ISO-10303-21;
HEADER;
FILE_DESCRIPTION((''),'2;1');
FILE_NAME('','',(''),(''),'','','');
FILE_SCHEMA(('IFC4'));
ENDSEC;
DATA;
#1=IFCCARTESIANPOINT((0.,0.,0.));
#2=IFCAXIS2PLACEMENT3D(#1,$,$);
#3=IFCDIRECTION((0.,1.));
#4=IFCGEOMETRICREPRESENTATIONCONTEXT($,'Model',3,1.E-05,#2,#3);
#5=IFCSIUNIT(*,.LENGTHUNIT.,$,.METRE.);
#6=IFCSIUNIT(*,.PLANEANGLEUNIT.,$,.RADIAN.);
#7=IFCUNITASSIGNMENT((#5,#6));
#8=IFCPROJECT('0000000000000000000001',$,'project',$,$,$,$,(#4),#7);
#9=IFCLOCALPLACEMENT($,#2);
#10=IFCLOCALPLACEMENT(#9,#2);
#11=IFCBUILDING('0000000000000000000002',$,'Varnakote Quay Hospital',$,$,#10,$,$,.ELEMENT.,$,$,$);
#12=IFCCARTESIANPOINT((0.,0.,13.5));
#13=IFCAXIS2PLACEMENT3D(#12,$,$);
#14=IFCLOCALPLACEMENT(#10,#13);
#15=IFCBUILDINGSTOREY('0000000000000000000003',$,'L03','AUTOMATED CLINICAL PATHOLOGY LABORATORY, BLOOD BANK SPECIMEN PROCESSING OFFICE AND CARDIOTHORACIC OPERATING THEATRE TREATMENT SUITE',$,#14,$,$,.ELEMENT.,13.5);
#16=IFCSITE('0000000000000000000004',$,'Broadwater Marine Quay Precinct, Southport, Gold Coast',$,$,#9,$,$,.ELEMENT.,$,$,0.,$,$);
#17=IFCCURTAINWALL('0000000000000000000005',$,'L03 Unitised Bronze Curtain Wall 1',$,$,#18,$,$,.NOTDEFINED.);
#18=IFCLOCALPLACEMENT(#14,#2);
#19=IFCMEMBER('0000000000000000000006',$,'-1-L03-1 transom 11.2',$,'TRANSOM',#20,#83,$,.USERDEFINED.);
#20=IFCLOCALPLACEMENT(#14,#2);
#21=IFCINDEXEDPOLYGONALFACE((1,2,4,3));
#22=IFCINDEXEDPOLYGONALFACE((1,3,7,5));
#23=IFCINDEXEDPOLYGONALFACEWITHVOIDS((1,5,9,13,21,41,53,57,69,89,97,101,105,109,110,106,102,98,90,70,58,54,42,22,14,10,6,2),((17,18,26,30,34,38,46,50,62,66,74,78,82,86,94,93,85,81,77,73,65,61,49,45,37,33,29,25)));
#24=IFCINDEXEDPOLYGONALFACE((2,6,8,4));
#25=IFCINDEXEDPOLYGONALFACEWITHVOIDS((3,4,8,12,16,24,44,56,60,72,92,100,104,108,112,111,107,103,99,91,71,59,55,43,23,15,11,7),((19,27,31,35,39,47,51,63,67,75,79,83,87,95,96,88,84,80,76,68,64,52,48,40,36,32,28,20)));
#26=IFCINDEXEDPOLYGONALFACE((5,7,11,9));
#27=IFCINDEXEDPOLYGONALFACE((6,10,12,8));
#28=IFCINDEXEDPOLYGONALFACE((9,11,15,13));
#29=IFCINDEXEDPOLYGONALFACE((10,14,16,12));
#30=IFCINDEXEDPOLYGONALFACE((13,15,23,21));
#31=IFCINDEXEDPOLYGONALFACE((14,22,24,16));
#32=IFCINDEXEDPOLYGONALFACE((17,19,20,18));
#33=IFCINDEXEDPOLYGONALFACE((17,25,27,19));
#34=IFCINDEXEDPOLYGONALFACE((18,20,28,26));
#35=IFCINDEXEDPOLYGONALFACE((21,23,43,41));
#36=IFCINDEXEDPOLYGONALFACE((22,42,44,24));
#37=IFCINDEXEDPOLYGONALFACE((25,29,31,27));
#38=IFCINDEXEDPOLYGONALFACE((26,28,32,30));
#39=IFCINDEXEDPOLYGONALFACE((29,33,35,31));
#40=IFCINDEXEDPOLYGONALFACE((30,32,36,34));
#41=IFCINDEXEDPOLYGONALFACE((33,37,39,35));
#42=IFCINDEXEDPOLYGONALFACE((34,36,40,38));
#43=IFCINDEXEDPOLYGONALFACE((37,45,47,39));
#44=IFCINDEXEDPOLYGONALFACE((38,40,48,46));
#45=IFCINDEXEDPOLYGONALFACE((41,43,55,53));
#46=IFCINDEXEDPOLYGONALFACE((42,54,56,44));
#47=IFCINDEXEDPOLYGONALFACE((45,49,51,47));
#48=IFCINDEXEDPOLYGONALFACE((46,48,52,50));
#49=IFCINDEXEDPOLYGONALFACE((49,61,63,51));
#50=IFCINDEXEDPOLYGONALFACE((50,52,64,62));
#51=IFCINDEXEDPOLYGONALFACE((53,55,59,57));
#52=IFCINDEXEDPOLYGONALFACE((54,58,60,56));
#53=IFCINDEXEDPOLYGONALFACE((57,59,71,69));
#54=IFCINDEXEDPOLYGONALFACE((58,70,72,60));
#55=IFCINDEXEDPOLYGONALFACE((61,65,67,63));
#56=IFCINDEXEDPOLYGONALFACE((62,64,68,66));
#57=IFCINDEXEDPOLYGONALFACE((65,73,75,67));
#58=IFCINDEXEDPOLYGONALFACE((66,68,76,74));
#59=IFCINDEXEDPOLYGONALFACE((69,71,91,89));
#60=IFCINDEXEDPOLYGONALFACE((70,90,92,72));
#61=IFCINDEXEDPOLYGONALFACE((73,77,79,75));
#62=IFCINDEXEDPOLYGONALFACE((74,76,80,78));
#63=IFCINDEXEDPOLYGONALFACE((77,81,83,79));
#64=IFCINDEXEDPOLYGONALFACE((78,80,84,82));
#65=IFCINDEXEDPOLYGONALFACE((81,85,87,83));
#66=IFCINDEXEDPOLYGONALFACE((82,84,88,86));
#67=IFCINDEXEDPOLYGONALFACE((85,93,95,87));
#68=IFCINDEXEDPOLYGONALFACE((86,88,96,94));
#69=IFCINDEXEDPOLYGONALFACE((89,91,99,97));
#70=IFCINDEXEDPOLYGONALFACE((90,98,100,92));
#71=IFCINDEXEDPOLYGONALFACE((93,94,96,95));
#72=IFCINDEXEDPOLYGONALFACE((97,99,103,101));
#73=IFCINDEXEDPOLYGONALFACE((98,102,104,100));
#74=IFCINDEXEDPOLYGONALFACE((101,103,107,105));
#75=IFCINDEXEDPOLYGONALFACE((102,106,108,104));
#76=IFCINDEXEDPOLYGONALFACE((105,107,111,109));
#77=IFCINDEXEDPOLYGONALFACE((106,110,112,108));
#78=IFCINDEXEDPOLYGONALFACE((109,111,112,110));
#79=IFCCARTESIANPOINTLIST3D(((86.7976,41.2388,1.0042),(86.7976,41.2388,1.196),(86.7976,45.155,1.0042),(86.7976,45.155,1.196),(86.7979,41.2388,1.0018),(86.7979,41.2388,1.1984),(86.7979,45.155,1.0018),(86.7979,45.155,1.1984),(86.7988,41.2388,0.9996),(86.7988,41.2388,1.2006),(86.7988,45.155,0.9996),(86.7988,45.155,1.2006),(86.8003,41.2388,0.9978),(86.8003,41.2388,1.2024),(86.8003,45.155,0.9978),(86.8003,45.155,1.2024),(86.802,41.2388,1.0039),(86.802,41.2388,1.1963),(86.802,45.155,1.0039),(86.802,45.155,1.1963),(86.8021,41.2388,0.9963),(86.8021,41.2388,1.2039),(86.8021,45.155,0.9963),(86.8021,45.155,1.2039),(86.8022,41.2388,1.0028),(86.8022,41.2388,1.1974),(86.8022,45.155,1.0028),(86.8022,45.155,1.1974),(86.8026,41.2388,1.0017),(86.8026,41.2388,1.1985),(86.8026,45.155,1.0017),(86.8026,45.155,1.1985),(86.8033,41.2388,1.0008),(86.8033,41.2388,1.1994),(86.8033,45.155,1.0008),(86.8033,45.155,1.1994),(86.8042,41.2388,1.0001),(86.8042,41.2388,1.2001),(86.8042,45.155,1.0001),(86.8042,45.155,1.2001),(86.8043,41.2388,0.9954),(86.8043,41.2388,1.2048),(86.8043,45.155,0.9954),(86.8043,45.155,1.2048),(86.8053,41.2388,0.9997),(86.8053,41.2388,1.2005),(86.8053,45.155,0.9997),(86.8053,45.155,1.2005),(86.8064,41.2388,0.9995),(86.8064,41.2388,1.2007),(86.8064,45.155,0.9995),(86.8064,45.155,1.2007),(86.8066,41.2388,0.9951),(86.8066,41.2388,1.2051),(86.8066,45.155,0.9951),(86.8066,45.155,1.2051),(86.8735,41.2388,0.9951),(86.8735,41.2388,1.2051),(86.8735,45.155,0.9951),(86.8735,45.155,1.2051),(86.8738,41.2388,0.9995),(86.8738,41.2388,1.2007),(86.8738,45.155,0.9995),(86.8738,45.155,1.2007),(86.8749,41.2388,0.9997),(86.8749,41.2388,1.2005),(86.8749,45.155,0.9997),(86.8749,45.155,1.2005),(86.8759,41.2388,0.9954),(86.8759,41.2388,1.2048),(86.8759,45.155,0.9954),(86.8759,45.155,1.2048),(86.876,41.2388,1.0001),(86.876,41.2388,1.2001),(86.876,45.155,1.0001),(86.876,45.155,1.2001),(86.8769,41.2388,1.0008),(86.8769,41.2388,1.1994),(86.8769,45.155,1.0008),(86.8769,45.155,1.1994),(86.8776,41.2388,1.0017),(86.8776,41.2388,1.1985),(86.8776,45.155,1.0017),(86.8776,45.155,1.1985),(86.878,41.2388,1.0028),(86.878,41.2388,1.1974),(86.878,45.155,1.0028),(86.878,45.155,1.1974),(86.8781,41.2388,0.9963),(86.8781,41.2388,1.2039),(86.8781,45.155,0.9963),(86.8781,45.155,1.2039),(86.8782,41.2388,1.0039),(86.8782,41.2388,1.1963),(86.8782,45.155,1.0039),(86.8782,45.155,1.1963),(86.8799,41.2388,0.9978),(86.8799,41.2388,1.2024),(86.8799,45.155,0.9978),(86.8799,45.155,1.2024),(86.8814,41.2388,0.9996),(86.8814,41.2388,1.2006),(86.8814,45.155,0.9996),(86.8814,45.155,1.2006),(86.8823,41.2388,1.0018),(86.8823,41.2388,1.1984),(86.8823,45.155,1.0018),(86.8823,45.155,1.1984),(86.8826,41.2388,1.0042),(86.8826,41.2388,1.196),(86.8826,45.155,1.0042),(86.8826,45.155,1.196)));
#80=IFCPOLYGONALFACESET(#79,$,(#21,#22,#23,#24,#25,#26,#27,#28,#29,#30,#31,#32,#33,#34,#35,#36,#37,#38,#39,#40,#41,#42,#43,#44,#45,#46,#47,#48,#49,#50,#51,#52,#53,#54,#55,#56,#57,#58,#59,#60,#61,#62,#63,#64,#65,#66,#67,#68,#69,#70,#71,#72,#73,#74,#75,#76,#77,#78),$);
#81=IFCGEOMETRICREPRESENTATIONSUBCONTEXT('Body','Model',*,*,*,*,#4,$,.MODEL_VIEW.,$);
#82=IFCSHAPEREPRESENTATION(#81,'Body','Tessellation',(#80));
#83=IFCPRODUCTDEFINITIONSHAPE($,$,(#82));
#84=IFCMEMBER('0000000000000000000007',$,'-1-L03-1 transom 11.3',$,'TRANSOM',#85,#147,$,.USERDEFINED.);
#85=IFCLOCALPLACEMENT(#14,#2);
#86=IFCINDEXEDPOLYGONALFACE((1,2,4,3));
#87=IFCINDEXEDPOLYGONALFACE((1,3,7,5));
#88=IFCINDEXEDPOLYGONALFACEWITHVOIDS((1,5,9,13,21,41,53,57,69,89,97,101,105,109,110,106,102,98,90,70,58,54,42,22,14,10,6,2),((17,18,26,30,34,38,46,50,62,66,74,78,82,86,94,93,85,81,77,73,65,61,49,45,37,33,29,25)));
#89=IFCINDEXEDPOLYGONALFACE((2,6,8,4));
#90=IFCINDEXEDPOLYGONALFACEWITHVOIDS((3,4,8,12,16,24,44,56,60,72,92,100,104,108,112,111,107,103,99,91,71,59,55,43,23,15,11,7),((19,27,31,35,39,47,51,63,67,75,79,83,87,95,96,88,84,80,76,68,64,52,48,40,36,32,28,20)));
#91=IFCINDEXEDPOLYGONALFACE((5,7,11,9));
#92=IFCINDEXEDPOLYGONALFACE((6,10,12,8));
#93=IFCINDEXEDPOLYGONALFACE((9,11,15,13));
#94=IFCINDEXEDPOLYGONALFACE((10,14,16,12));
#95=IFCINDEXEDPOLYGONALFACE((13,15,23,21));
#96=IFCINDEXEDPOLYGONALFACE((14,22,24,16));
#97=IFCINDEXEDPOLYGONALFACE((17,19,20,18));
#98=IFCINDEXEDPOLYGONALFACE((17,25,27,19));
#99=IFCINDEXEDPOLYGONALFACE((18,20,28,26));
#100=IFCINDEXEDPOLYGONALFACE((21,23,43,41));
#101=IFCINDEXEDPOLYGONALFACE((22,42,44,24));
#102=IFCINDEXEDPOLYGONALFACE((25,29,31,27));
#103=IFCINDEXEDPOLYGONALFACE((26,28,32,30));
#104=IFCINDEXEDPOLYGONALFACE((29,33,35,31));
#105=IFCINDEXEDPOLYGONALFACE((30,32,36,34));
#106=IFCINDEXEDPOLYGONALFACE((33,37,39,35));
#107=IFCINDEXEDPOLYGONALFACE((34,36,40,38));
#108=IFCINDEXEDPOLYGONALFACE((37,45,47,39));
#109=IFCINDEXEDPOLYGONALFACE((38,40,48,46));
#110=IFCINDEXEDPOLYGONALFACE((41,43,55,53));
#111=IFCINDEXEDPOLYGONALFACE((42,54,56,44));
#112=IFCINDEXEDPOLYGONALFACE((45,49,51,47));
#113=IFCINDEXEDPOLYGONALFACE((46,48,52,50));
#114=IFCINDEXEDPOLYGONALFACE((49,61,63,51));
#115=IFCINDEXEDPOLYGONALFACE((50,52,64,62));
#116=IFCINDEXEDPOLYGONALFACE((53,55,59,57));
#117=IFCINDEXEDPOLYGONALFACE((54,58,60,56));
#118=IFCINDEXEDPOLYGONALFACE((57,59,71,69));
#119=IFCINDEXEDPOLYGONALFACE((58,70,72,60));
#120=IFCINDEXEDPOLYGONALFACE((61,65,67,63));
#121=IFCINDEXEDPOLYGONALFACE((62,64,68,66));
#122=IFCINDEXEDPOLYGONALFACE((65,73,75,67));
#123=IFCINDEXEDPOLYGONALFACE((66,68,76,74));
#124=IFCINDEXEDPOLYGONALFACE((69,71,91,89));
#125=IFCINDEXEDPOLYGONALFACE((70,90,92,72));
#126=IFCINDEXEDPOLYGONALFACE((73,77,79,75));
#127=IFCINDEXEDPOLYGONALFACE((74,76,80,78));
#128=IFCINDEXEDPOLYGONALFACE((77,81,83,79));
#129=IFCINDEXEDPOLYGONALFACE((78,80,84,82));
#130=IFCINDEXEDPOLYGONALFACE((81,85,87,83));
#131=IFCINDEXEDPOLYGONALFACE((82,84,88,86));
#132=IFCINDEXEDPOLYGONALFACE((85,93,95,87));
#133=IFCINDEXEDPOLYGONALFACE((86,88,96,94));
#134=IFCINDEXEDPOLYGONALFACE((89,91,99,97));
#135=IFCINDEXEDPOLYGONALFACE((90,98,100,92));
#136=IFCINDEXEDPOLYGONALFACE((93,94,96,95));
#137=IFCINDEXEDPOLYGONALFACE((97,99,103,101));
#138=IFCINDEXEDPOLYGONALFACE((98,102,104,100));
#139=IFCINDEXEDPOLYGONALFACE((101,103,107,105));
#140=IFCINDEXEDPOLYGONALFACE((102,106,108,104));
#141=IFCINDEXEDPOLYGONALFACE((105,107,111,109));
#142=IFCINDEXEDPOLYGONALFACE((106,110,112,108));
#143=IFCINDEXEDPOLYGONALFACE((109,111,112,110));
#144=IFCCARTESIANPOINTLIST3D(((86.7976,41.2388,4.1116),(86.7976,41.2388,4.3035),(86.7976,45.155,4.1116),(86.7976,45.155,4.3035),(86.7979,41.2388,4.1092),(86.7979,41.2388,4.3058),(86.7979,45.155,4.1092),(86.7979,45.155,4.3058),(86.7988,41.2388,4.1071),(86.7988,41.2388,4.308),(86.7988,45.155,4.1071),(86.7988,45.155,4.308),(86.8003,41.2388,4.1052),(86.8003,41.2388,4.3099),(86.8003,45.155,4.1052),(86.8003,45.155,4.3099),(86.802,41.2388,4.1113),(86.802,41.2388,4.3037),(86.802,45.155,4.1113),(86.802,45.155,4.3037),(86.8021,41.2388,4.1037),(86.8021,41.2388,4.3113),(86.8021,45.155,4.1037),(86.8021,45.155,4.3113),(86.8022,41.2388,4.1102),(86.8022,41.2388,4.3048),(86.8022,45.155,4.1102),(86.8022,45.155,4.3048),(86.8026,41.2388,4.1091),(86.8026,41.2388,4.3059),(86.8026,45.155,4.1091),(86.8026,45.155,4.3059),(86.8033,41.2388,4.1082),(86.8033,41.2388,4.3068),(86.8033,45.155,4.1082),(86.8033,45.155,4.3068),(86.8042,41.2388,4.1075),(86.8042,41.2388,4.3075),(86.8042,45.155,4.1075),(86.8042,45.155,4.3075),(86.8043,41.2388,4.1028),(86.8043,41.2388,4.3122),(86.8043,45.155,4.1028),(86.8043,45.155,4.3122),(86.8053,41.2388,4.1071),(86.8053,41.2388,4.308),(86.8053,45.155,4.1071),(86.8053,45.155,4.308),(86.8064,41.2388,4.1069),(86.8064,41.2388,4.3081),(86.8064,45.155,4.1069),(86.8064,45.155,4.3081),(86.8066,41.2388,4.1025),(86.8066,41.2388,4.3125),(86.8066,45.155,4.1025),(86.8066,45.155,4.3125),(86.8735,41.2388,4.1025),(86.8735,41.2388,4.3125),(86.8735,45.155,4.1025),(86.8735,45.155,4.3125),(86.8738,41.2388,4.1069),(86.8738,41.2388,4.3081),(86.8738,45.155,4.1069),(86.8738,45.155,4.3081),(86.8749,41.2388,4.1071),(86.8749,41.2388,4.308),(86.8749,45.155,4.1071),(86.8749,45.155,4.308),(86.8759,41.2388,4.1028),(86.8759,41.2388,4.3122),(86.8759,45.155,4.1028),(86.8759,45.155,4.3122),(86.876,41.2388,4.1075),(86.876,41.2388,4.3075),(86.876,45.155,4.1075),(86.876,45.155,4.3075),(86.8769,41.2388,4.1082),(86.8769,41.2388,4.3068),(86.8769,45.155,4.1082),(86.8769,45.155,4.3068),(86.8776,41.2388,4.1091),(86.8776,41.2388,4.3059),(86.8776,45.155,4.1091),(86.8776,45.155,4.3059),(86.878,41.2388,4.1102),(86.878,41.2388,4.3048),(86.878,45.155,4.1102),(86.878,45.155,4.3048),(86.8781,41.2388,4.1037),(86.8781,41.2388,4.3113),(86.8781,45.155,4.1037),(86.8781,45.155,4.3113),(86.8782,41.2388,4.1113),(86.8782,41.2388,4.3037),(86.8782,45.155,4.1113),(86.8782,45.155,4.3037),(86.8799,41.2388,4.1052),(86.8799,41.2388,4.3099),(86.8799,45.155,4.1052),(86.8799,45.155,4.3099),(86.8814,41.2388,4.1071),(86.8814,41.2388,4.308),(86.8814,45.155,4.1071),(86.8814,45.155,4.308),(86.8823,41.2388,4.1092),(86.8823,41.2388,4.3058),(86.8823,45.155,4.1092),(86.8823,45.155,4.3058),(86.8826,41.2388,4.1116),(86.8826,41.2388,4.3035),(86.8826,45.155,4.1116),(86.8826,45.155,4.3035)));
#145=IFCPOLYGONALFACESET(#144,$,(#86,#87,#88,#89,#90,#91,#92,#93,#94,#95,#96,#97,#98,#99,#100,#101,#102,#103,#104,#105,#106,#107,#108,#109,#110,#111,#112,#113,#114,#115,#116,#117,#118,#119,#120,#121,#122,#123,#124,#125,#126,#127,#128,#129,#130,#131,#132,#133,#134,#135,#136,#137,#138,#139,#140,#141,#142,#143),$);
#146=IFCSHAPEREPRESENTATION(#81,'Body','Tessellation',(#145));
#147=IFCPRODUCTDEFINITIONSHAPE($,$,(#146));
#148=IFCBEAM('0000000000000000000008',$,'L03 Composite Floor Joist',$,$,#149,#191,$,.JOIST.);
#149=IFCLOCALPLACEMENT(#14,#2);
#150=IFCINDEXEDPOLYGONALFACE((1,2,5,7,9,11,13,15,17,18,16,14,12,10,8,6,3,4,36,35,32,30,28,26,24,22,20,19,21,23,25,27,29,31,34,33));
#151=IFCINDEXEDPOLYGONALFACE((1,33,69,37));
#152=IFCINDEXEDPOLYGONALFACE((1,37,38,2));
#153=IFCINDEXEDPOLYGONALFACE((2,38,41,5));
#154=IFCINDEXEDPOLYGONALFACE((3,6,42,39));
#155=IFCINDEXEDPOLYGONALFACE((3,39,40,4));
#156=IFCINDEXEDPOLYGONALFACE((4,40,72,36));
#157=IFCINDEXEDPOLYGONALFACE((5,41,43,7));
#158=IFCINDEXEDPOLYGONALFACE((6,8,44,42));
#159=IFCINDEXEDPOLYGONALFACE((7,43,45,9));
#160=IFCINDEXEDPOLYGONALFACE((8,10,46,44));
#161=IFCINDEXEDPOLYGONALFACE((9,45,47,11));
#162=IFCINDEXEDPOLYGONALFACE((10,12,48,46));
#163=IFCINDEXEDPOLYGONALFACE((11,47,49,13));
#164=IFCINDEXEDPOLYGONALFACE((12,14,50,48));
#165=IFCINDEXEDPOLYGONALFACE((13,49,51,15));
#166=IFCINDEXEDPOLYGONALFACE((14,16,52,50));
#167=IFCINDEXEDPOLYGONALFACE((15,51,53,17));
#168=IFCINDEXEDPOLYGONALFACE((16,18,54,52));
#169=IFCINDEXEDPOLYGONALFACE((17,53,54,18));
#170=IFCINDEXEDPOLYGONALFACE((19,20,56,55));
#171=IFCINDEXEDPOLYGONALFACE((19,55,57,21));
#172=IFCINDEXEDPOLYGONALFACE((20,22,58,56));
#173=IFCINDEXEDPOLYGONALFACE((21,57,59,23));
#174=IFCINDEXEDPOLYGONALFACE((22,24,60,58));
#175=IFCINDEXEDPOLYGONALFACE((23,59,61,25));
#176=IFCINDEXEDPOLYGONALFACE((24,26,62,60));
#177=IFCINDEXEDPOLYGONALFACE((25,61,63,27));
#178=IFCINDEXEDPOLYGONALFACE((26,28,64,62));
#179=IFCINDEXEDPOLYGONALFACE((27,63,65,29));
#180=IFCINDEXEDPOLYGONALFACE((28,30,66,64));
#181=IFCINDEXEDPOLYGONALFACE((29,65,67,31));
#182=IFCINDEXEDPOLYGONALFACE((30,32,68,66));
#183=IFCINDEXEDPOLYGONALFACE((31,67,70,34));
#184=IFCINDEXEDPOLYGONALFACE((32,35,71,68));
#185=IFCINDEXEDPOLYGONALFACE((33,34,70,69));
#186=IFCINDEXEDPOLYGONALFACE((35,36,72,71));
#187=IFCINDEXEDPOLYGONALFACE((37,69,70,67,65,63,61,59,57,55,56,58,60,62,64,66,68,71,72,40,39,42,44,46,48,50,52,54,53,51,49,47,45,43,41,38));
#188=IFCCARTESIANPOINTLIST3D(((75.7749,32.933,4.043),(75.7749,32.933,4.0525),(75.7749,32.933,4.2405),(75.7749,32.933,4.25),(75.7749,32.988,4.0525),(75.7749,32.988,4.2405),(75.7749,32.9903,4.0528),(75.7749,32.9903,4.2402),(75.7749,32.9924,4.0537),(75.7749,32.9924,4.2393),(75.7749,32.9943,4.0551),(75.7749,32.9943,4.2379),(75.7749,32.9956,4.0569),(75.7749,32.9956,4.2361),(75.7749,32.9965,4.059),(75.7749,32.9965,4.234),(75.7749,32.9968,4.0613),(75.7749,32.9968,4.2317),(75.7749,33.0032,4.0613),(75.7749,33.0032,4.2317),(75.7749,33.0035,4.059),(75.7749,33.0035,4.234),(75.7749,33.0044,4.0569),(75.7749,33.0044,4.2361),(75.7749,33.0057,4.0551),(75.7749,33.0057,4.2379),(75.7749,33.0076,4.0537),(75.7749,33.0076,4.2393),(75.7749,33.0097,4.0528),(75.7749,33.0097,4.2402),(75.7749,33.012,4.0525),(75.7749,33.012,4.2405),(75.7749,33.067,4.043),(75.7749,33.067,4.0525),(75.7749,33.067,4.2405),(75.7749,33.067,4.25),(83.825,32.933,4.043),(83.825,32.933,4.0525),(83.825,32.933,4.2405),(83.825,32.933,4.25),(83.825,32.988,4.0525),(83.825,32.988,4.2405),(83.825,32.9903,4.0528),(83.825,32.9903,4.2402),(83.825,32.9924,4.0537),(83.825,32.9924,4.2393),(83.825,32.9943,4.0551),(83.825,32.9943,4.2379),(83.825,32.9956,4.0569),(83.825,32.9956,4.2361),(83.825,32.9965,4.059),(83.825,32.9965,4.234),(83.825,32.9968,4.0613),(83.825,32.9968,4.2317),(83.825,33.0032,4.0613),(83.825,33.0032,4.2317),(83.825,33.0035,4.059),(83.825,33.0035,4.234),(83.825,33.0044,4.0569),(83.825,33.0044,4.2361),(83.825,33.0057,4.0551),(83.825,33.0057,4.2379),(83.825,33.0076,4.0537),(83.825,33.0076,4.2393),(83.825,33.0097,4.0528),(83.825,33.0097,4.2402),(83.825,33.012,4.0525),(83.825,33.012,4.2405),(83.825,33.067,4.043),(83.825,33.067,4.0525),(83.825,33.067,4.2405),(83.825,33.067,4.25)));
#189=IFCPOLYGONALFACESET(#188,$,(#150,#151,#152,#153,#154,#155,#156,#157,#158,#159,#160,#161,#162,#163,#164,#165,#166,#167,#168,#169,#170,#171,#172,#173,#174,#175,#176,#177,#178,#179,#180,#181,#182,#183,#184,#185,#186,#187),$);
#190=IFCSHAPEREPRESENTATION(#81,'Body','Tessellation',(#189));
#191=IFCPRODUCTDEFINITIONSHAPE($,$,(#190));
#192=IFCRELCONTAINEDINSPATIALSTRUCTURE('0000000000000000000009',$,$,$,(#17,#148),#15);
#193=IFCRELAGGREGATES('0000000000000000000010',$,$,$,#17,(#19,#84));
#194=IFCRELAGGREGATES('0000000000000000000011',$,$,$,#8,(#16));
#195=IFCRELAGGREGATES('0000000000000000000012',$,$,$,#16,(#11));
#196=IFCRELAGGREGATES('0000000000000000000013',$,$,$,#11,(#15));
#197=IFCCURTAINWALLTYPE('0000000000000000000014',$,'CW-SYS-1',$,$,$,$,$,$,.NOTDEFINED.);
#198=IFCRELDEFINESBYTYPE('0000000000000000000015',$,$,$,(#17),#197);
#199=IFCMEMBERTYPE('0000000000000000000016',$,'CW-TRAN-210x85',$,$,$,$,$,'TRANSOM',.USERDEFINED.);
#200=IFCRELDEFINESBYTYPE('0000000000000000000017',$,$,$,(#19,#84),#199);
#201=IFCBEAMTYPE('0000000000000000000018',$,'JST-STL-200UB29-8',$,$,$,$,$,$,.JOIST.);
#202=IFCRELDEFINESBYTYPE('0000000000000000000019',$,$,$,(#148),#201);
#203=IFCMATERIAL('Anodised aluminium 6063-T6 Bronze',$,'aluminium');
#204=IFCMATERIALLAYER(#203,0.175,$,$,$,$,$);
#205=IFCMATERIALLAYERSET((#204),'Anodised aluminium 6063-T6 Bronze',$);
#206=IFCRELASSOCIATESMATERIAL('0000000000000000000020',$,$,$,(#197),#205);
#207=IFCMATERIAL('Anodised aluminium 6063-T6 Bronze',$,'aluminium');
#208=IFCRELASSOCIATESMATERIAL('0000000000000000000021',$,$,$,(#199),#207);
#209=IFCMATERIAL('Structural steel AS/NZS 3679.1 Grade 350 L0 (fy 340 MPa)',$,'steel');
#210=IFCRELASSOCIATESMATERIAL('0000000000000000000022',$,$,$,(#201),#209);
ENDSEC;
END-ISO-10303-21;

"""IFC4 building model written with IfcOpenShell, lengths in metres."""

from ifc_helpers import new_model, si_unit, direction, frame, origin, origin_2d, place, context, subcontext, project, spatial, hollow_rectangle, i_section, extrude, material, layer, layer_set, material_profile, profile_set, type_object, element, aggregate, save


model = new_model("IFC4")

# Units and contexts
model_context = context("Model", 3, precision=1e-05, world=origin(), true_north=direction((0.0, 1.0)))
body_context = subcontext(model_context, "Body", "Model", "MODEL_VIEW")
ifc_project = project(units=[si_unit("LENGTHUNIT", "METRE"), si_unit("PLANEANGLEUNIT", "RADIAN")], contexts=[model_context])

# Site, building, storey
site_placement = place(None, origin())
site = spatial("IfcSite", under=ifc_project, at=site_placement, Name="Broadwater Marine Quay Precinct, Southport, Gold Coast", CompositionType="ELEMENT", RefElevation=0.0)
building_placement = place(site_placement, origin())
building = spatial("IfcBuilding", under=site, at=building_placement, Name="Varnakote Quay Hospital", CompositionType="ELEMENT")
storey_placement = place(building_placement, frame((0.0, 0.0, 13.5)))
storey = spatial("IfcBuildingStorey", under=building, at=storey_placement, Name="L03", Description="AUTOMATED CLINICAL PATHOLOGY LABORATORY, BLOOD BANK SPECIMEN PROCESSING OFFICE AND CARDIOTHORACIC OPERATING THEATRE TREATMENT SUITE", CompositionType="ELEMENT", Elevation=13.5)

# Curtain wall, members
ifc_material_1 = material(Name="Anodised aluminium 6063-T6 Bronze", Category="aluminium")
ifc_layer_1 = layer(ifc_material_1, 0.175)
ifc_layer_set_1 = layer_set([ifc_layer_1], Name="Anodised aluminium 6063-T6 Bronze")
curtain_wall_type = type_object("IfcCurtainWallType", Name="CW-SYS-1", PredefinedType="NOTDEFINED", material=ifc_layer_set_1)
curtain_wall_placement = place(storey_placement, origin())
curtain_wall = element("IfcCurtainWall", 1, at=curtain_wall_placement, inside=storey, type_object=curtain_wall_type, Name="L03 Unitised Bronze Curtain Wall 1", PredefinedType="NOTDEFINED")
ifc_material_2 = material(Name="Anodised aluminium 6063-T6 Bronze", Category="aluminium")
ifc_material_profile_1 = material_profile(ifc_material_2, hollow_rectangle(XDim=0.085, YDim=0.21, WallThickness=0.0044, InnerFilletRadius=0.0044, OuterFilletRadius=0.009, at=origin_2d()), Name="CW-TRAN-210x85")
ifc_profile_set_1 = profile_set([ifc_material_profile_1], Name="Anodised aluminium 6063-T6 Bronze")
member_type_1 = type_object("IfcMemberType", Name="CW-TRAN-210x85", ElementType="TRANSOM", PredefinedType="USERDEFINED", material=ifc_profile_set_1)
member_1_placement = place(storey_placement, frame((86.8401, 41.2388, 1.1001), z_axis=(0.0, 1.0, 0.0), x_axis=(-1.0, 0.0, 0.0)))
member_1 = element("IfcMember", 2, at=member_1_placement, type_object=member_type_1, Name="-1-L03-1 transom 11.2", ObjectType="TRANSOM", PredefinedType="USERDEFINED", context=body_context, shape_type="SweptSolid", body=[
    extrude(hollow_rectangle(XDim=0.085, YDim=0.21, WallThickness=0.0044, InnerFilletRadius=0.0044, OuterFilletRadius=0.009, at=origin_2d()), origin(), (0.0, 0.0, 1.0), 3.9163),
])
member_2_placement = place(storey_placement, frame((86.8401, 41.2388, 4.2075), z_axis=(0.0, 1.0, 0.0), x_axis=(-1.0, 0.0, 0.0)))
member_2 = element("IfcMember", 3, at=member_2_placement, type_object=member_type_1, Name="-1-L03-1 transom 11.3", ObjectType="TRANSOM", PredefinedType="USERDEFINED", context=body_context, shape_type="SweptSolid", body=[
    extrude(hollow_rectangle(XDim=0.085, YDim=0.21, WallThickness=0.0044, InnerFilletRadius=0.0044, OuterFilletRadius=0.009, at=origin_2d()), origin(), (0.0, 0.0, 1.0), 3.9163),
])

# Beam
ifc_material_3 = material(Name="Structural steel AS/NZS 3679.1 Grade 350 L0 (fy 340 MPa)", Category="steel")
ifc_material_profile_2 = material_profile(ifc_material_3, i_section(OverallWidth=0.134, OverallDepth=0.207, WebThickness=0.0063, FlangeThickness=0.0095, FilletRadius=0.0088, at=origin_2d()), Name="200UB29.8")
ifc_profile_set_2 = profile_set([ifc_material_profile_2], Name="Structural steel AS/NZS 3679.1 Grade 350 L0 (fy 340 MPa)")
beam_type_1 = type_object("IfcBeamType", Name="JST-STL-200UB29-8", PredefinedType="JOIST", material=ifc_profile_set_2)
for number, where, z_axis, x_axis, name in (
    (4, (75.7749, 33.0, 4.1465), (1.0, 0.0, 0.0), (0.0, 1.0, 0.0), "L03 Composite Floor Joist"),
):
    element("IfcBeam", number, at=place(storey_placement, frame(where, z_axis=z_axis, x_axis=x_axis)), inside=storey, type_object=beam_type_1, Name=name, PredefinedType="JOIST", context=body_context, shape_type="SweptSolid", body=[
        extrude(i_section(OverallWidth=0.134, OverallDepth=0.207, WebThickness=0.0063, FlangeThickness=0.0095, FilletRadius=0.0088, at=origin_2d()), origin(), (0.0, 0.0, 1.0), 8.05),
    ])

aggregate(curtain_wall, [member_1, member_2])

save(model, "model.ifc")
